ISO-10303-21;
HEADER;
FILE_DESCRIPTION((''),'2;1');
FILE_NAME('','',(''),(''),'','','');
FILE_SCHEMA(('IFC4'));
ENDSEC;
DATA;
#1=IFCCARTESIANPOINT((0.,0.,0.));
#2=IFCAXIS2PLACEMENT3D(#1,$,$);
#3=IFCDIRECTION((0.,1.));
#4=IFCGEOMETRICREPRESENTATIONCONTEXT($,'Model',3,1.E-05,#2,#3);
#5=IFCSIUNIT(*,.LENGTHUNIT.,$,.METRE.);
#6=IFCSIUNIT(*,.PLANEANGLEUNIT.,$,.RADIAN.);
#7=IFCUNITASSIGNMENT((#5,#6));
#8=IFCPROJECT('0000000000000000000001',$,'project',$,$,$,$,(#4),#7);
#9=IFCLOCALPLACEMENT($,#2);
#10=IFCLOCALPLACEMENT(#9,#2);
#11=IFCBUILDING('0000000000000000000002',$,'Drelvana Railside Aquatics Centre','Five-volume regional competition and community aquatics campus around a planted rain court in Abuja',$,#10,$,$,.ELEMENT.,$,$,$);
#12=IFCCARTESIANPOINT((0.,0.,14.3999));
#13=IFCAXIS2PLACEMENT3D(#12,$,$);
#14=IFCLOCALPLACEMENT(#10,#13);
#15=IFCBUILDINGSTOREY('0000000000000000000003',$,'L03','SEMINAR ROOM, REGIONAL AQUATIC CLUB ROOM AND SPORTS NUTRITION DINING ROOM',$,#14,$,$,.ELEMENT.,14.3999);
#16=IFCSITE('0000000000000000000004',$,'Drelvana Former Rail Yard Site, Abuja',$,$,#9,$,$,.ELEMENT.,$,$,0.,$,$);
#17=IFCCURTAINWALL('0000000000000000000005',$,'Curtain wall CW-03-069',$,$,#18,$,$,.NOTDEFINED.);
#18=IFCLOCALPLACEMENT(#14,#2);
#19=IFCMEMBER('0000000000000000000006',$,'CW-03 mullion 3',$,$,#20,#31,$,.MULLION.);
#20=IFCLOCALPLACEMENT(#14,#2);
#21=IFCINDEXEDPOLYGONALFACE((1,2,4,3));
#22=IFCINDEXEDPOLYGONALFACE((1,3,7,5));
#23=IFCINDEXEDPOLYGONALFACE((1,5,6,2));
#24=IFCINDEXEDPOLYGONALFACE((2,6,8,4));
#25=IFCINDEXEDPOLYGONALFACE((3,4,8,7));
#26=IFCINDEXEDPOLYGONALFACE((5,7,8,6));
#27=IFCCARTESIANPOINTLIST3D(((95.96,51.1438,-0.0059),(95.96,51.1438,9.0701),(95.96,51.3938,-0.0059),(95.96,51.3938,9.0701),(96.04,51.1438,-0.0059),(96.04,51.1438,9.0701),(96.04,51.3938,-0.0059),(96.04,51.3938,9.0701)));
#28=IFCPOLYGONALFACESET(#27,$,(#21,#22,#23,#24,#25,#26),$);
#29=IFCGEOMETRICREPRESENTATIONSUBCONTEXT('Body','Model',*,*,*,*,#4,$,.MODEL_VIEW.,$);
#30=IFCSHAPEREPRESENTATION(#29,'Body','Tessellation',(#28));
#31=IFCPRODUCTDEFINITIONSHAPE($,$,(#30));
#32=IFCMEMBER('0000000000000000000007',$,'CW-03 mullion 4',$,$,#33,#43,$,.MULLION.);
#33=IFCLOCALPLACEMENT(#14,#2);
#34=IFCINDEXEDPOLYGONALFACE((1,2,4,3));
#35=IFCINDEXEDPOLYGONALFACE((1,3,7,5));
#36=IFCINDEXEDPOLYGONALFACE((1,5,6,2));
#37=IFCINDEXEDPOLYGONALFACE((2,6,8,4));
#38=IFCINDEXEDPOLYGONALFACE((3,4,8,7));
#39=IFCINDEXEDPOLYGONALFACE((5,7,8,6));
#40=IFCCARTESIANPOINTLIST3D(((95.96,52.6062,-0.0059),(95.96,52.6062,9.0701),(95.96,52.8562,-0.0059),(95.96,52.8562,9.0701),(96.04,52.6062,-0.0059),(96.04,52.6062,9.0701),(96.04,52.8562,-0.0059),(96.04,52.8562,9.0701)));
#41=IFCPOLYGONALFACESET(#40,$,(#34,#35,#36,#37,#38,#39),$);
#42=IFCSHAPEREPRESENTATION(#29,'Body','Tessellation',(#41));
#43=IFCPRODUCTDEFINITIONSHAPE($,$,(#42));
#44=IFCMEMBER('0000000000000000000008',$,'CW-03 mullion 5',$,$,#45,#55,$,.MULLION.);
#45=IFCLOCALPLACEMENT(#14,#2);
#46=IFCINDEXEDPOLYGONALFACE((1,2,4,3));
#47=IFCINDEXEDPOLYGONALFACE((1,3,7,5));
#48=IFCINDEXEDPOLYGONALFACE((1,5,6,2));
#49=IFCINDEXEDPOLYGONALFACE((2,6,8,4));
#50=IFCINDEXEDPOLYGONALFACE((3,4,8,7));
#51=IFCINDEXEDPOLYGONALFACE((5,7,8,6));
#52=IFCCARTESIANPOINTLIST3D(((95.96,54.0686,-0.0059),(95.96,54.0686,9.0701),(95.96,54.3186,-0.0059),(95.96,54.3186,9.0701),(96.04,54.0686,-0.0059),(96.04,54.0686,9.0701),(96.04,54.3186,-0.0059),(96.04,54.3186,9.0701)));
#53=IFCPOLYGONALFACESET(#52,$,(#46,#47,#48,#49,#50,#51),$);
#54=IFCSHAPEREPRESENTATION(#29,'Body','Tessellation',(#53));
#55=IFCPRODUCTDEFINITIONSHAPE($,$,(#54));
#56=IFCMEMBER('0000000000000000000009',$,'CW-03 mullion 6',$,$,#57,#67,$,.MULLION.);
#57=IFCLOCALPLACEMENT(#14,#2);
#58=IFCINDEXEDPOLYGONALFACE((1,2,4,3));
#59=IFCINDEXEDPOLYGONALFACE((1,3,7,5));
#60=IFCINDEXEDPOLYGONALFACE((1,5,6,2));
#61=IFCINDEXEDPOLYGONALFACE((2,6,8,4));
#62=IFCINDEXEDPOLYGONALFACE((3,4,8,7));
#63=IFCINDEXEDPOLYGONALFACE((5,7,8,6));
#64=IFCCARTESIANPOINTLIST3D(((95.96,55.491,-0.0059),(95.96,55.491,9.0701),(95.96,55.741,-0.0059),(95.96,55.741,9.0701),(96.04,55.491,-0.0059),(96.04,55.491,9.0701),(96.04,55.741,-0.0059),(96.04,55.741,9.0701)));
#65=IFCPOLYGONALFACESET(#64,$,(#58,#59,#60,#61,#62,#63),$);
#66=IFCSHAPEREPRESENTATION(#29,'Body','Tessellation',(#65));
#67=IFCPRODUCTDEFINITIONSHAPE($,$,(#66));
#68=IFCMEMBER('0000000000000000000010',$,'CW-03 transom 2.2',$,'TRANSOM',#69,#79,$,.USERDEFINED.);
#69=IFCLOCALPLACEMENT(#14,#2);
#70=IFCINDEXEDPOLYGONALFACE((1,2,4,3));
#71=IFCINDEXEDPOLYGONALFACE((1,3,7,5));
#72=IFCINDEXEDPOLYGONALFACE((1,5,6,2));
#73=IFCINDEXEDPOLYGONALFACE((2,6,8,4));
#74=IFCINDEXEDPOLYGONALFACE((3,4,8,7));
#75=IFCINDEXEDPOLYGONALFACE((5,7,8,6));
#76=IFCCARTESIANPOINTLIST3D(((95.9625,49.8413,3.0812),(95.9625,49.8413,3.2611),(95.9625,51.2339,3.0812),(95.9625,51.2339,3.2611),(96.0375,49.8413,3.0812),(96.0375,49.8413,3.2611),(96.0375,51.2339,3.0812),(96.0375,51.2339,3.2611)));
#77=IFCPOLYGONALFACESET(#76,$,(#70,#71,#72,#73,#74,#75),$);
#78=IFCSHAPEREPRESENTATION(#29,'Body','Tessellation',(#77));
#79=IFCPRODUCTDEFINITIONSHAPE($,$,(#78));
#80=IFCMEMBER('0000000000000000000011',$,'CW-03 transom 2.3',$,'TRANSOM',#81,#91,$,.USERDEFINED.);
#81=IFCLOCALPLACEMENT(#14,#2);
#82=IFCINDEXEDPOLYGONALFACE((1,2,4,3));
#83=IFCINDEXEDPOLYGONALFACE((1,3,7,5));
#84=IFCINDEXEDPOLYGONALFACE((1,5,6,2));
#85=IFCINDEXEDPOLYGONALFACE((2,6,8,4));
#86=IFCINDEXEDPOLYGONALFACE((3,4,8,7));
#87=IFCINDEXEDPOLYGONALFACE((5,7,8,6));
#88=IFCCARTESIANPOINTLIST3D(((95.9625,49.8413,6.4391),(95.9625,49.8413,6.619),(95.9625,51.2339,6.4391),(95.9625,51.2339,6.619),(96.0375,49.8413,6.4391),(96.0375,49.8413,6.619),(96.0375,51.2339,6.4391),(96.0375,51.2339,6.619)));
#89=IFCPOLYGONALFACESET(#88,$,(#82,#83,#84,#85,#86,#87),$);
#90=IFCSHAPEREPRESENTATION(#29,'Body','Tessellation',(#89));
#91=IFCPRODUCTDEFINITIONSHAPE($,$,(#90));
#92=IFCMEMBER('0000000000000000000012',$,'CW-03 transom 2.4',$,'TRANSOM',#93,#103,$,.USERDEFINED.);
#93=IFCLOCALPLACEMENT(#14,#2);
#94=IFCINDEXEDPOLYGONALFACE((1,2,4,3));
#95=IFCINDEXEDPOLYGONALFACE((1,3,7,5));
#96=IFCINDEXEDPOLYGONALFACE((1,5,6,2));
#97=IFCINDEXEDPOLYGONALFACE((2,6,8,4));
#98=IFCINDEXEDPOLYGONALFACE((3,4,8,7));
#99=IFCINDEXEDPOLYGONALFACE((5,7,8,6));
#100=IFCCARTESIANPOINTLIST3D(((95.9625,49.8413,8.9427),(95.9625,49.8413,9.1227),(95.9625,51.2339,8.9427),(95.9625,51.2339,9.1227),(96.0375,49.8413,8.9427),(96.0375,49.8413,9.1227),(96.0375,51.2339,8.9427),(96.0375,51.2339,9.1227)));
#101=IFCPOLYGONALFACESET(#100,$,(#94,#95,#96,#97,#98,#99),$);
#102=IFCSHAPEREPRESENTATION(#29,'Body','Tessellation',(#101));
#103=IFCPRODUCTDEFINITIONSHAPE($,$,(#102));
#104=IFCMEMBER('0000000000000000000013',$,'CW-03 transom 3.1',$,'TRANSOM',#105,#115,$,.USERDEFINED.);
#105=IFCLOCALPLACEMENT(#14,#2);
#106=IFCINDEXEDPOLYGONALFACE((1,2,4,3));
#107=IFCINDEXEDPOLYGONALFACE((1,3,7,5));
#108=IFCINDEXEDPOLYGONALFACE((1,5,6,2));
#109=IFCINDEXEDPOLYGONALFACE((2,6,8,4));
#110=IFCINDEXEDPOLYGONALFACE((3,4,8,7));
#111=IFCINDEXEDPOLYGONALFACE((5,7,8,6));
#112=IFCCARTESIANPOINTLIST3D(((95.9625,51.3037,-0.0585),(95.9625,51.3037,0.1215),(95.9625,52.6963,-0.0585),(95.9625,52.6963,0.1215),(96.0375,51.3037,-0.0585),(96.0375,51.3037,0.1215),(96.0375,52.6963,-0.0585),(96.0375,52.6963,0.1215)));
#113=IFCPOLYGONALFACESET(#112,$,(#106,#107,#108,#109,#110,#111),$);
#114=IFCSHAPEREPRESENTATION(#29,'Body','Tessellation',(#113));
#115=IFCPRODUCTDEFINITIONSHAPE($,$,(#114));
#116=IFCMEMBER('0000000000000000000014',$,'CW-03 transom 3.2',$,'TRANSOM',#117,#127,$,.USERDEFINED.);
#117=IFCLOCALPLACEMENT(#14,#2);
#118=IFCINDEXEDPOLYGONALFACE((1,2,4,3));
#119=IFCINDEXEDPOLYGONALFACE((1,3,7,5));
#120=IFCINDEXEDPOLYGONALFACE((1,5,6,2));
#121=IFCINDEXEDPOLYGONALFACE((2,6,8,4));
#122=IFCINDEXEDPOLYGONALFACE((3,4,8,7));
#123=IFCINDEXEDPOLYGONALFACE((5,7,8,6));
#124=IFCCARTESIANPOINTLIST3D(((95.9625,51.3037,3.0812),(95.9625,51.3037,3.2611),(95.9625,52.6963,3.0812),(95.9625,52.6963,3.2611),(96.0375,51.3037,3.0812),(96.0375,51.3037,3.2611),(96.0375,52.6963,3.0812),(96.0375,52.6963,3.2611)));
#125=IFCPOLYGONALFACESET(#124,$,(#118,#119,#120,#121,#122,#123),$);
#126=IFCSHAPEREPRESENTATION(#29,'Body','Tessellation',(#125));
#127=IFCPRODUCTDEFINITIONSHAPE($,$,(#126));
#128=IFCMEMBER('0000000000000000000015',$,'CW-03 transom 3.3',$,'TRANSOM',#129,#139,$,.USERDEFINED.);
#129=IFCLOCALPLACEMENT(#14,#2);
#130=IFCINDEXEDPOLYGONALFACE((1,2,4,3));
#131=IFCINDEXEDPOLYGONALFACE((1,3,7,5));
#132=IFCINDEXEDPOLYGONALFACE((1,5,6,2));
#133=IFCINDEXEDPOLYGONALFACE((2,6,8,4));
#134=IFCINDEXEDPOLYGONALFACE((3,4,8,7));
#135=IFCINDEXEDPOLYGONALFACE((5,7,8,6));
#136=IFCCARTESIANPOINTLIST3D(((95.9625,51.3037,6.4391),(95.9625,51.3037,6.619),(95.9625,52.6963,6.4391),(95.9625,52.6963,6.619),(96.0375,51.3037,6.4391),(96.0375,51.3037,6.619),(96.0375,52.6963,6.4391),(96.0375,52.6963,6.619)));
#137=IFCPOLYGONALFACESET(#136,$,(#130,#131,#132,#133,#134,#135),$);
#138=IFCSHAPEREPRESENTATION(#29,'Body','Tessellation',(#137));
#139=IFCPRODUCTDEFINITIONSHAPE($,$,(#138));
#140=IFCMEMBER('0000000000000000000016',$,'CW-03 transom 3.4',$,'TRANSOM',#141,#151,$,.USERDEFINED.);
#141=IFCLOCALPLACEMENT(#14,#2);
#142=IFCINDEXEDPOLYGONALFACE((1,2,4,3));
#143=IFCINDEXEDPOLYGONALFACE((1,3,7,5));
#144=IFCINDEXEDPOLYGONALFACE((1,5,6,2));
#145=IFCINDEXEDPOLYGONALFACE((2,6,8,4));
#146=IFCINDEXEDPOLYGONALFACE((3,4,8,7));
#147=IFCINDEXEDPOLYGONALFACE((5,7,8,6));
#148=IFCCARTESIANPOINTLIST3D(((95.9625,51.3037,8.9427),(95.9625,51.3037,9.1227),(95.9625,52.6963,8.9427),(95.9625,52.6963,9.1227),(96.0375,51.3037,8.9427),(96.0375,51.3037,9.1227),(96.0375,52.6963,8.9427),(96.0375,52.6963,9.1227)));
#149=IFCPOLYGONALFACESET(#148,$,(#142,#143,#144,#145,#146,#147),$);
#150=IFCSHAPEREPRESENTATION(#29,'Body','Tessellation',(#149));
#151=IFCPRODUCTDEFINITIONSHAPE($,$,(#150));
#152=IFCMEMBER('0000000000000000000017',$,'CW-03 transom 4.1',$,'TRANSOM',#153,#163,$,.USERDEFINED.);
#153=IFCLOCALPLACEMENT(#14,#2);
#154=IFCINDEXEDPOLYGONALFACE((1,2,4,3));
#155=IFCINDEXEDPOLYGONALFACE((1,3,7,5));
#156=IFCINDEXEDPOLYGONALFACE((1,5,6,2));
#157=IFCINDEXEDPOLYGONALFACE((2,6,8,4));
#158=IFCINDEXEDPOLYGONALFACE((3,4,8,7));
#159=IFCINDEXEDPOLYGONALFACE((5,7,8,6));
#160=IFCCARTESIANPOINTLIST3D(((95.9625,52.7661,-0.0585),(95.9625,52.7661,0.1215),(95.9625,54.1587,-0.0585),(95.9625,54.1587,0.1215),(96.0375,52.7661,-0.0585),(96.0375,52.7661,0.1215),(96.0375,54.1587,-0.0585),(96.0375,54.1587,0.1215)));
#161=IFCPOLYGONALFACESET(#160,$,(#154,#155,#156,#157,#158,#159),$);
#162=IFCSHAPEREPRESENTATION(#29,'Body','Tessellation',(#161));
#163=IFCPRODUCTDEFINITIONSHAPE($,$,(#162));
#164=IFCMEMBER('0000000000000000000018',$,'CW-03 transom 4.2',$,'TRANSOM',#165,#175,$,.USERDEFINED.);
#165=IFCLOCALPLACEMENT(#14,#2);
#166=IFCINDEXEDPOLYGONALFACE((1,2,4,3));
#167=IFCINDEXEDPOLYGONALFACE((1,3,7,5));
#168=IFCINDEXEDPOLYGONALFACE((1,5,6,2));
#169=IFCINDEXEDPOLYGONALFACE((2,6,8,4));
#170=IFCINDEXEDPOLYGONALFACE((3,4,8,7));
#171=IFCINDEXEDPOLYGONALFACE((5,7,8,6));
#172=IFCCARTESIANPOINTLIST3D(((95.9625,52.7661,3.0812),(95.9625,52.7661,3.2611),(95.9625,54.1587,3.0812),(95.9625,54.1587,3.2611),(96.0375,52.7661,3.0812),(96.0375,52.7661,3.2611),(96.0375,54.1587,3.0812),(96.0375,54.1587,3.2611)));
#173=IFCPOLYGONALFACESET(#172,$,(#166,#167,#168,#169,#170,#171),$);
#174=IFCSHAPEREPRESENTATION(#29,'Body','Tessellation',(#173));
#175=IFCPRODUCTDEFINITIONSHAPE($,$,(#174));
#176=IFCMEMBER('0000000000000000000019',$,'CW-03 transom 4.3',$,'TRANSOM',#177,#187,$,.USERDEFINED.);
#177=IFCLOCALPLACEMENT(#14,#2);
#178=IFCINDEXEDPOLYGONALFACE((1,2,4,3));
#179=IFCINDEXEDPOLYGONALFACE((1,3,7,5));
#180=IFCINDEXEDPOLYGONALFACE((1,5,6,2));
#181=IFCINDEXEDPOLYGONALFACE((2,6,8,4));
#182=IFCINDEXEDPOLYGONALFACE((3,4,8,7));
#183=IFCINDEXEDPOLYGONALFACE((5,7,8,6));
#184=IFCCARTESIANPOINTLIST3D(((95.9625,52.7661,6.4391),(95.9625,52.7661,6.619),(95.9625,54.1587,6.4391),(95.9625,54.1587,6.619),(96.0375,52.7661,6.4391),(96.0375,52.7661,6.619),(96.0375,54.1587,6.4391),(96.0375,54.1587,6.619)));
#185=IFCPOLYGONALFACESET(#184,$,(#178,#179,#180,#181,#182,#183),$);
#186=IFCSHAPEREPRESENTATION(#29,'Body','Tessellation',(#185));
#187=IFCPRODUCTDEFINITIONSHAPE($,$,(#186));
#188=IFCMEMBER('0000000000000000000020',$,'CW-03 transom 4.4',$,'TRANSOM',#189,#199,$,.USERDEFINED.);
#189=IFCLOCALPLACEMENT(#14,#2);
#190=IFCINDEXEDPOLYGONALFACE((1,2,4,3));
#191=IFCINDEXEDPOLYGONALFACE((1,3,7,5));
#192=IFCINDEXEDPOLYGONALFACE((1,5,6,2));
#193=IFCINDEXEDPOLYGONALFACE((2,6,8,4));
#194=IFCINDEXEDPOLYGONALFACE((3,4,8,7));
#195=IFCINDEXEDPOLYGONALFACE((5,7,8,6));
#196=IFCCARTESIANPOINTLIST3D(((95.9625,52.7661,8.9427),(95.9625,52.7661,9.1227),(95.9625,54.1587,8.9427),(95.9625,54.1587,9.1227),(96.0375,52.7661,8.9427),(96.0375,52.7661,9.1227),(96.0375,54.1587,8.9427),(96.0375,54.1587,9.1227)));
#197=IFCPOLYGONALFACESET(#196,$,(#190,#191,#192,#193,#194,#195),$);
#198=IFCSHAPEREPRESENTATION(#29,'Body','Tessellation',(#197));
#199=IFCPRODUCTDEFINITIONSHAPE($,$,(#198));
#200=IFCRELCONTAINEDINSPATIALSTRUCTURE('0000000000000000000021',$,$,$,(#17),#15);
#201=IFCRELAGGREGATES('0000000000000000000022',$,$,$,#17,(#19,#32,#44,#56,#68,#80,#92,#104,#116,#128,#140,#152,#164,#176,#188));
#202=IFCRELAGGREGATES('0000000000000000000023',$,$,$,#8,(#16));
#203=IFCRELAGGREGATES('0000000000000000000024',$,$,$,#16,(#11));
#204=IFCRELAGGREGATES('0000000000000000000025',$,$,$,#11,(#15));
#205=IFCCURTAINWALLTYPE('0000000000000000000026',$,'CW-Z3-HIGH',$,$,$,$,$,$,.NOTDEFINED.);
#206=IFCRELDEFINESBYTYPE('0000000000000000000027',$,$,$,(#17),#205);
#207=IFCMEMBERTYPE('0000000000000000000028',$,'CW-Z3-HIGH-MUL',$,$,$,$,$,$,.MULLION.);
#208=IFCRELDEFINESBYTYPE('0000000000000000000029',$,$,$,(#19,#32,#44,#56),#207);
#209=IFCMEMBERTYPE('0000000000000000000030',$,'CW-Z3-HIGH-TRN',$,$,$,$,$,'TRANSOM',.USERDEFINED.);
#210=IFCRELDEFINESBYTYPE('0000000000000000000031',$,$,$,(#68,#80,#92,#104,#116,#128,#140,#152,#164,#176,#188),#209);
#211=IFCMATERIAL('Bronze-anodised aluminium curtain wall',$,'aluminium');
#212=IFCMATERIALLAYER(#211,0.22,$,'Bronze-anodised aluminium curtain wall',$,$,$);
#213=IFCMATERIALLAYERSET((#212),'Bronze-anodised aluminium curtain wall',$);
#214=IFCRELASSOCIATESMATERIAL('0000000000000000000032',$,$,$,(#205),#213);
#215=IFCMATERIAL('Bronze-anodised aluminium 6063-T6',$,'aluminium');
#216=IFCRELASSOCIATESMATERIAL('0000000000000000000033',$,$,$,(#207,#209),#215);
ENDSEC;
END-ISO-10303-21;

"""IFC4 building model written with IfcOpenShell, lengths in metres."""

from ifc_helpers import new_model, si_unit, direction, frame, origin, origin_2d, place, context, subcontext, project, spatial, rectangle, extrude, material, layer, layer_set, material_profile, profile_set, type_object, element, aggregate, save


model = new_model("IFC4")

# Units and contexts
model_context = context("Model", 3, precision=1e-05, world=origin(), true_north=direction((0.0, 1.0)))
body_context = subcontext(model_context, "Body", "Model", "MODEL_VIEW")
ifc_project = project(units=[si_unit("LENGTHUNIT", "METRE"), si_unit("PLANEANGLEUNIT", "RADIAN")], contexts=[model_context])

# Site, building, storey
site_placement = place(None, origin())
site = spatial("IfcSite", under=ifc_project, at=site_placement, Name="Drelvana Former Rail Yard Site, Abuja", CompositionType="ELEMENT", RefElevation=0.0)
building_placement = place(site_placement, origin())
building = spatial("IfcBuilding", under=site, at=building_placement, Name="Drelvana Railside Aquatics Centre", Description="Five-volume regional competition and community aquatics campus around a planted rain court in Abuja", CompositionType="ELEMENT")
storey_placement = place(building_placement, frame((0.0, 0.0, 14.3999)))
storey = spatial("IfcBuildingStorey", under=building, at=storey_placement, Name="L03", Description="SEMINAR ROOM, REGIONAL AQUATIC CLUB ROOM AND SPORTS NUTRITION DINING ROOM", CompositionType="ELEMENT", Elevation=14.3999)

# Curtain wall, members
ifc_material_1 = material(Name="Bronze-anodised aluminium curtain wall", Category="aluminium")
ifc_layer_1 = layer(ifc_material_1, 0.22, Name="Bronze-anodised aluminium curtain wall")
ifc_layer_set_1 = layer_set([ifc_layer_1], Name="Bronze-anodised aluminium curtain wall")
curtain_wall_type = type_object("IfcCurtainWallType", Name="CW-Z3-HIGH", PredefinedType="NOTDEFINED", material=ifc_layer_set_1)
curtain_wall_placement = place(storey_placement, origin())
curtain_wall = element("IfcCurtainWall", 1, at=curtain_wall_placement, inside=storey, type_object=curtain_wall_type, Name="Curtain wall CW-03-069", PredefinedType="NOTDEFINED")
ifc_material_2 = material(Name="Bronze-anodised aluminium 6063-T6", Category="aluminium")
ifc_material_profile_1 = material_profile(ifc_material_2, rectangle(XDim=0.0801, YDim=0.25, at=origin_2d()), Name="ALU-M 80x250")
ifc_profile_set_1 = profile_set([ifc_material_profile_1], Name="Bronze-anodised aluminium 6063-T6")
member_type_1 = type_object("IfcMemberType", Name="CW-Z3-HIGH-MUL", PredefinedType="MULLION", material=ifc_profile_set_1)
member_1_placement = place(storey_placement, frame((96.0, 51.2688, -0.0059), z_axis=(0.0, 0.0, 1.0), x_axis=(-1.0, 0.0, 0.0)))
member_1 = element("IfcMember", 2, at=member_1_placement, type_object=member_type_1, Name="CW-03 mullion 3", PredefinedType="MULLION", context=body_context, shape_type="SweptSolid", body=[
    extrude(rectangle(XDim=0.0801, YDim=0.25, at=origin_2d()), origin(), (0.0, 0.0, 1.0), 9.0759),
])
member_2_placement = place(storey_placement, frame((96.0, 52.7312, -0.0059), z_axis=(0.0, 0.0, 1.0), x_axis=(-1.0, 0.0, 0.0)))
member_2 = element("IfcMember", 3, at=member_2_placement, type_object=member_type_1, Name="CW-03 mullion 4", PredefinedType="MULLION", context=body_context, shape_type="SweptSolid", body=[
    extrude(rectangle(XDim=0.0801, YDim=0.25, at=origin_2d()), origin(), (0.0, 0.0, 1.0), 9.0759),
])
member_3_placement = place(storey_placement, frame((96.0, 54.1936, -0.0059), z_axis=(0.0, 0.0, 1.0), x_axis=(-1.0, 0.0, 0.0)))
member_3 = element("IfcMember", 4, at=member_3_placement, type_object=member_type_1, Name="CW-03 mullion 5", PredefinedType="MULLION", context=body_context, shape_type="SweptSolid", body=[
    extrude(rectangle(XDim=0.0801, YDim=0.25, at=origin_2d()), origin(), (0.0, 0.0, 1.0), 9.0759),
])
member_4_placement = place(storey_placement, frame((96.0, 55.616, -0.0059), z_axis=(0.0, 0.0, 1.0), x_axis=(-1.0, 0.0, 0.0)))
member_4 = element("IfcMember", 5, at=member_4_placement, type_object=member_type_1, Name="CW-03 mullion 6", PredefinedType="MULLION", context=body_context, shape_type="SweptSolid", body=[
    extrude(rectangle(XDim=0.0801, YDim=0.25, at=origin_2d()), origin(), (0.0, 0.0, 1.0), 9.0759),
])
ifc_material_profile_2 = material_profile(ifc_material_2, rectangle(XDim=0.1799, YDim=0.075, at=origin_2d()), Name="ALU-T 75x180")
ifc_profile_set_2 = profile_set([ifc_material_profile_2], Name="Bronze-anodised aluminium 6063-T6")
member_type_2 = type_object("IfcMemberType", Name="CW-Z3-HIGH-TRN", ElementType="TRANSOM", PredefinedType="USERDEFINED", material=ifc_profile_set_2)
member_5_placement = place(storey_placement, frame((96.0, 49.8413, 3.1711), z_axis=(0.0, 1.0, 0.0), x_axis=(0.0, 0.0, 1.0)))
member_5 = element("IfcMember", 6, at=member_5_placement, type_object=member_type_2, Name="CW-03 transom 2.2", ObjectType="TRANSOM", PredefinedType="USERDEFINED", context=body_context, shape_type="SweptSolid", body=[
    extrude(rectangle(XDim=0.1799, YDim=0.075, at=origin_2d()), origin(), (0.0, 0.0, 1.0), 1.3926),
])
member_6_placement = place(storey_placement, frame((96.0, 49.8413, 6.5291), z_axis=(0.0, 1.0, 0.0), x_axis=(0.0, 0.0, 1.0)))
member_6 = element("IfcMember", 7, at=member_6_placement, type_object=member_type_2, Name="CW-03 transom 2.3", ObjectType="TRANSOM", PredefinedType="USERDEFINED", context=body_context, shape_type="SweptSolid", body=[
    extrude(rectangle(XDim=0.1799, YDim=0.075, at=origin_2d()), origin(), (0.0, 0.0, 1.0), 1.3926),
])
member_7_placement = place(storey_placement, frame((96.0, 49.8413, 9.0327), z_axis=(0.0, 1.0, 0.0), x_axis=(0.0, 0.0, 1.0)))
member_7 = element("IfcMember", 8, at=member_7_placement, type_object=member_type_2, Name="CW-03 transom 2.4", ObjectType="TRANSOM", PredefinedType="USERDEFINED", context=body_context, shape_type="SweptSolid", body=[
    extrude(rectangle(XDim=0.1799, YDim=0.075, at=origin_2d()), origin(), (0.0, 0.0, 1.0), 1.3926),
])
member_8_placement = place(storey_placement, frame((96.0, 51.3037, 0.0315), z_axis=(0.0, 1.0, 0.0), x_axis=(0.0, 0.0, 1.0)))
member_8 = element("IfcMember", 9, at=member_8_placement, type_object=member_type_2, Name="CW-03 transom 3.1", ObjectType="TRANSOM", PredefinedType="USERDEFINED", context=body_context, shape_type="SweptSolid", body=[
    extrude(rectangle(XDim=0.1799, YDim=0.075, at=origin_2d()), origin(), (0.0, 0.0, 1.0), 1.3926),
])
member_9_placement = place(storey_placement, frame((96.0, 51.3037, 3.1711), z_axis=(0.0, 1.0, 0.0), x_axis=(0.0, 0.0, 1.0)))
member_9 = element("IfcMember", 10, at=member_9_placement, type_object=member_type_2, Name="CW-03 transom 3.2", ObjectType="TRANSOM", PredefinedType="USERDEFINED", context=body_context, shape_type="SweptSolid", body=[
    extrude(rectangle(XDim=0.1799, YDim=0.075, at=origin_2d()), origin(), (0.0, 0.0, 1.0), 1.3926),
])
member_10_placement = place(storey_placement, frame((96.0, 51.3037, 6.5291), z_axis=(0.0, 1.0, 0.0), x_axis=(0.0, 0.0, 1.0)))
member_10 = element("IfcMember", 11, at=member_10_placement, type_object=member_type_2, Name="CW-03 transom 3.3", ObjectType="TRANSOM", PredefinedType="USERDEFINED", context=body_context, shape_type="SweptSolid", body=[
    extrude(rectangle(XDim=0.1799, YDim=0.075, at=origin_2d()), origin(), (0.0, 0.0, 1.0), 1.3926),
])
member_11_placement = place(storey_placement, frame((96.0, 51.3037, 9.0327), z_axis=(0.0, 1.0, 0.0), x_axis=(0.0, 0.0, 1.0)))
member_11 = element("IfcMember", 12, at=member_11_placement, type_object=member_type_2, Name="CW-03 transom 3.4", ObjectType="TRANSOM", PredefinedType="USERDEFINED", context=body_context, shape_type="SweptSolid", body=[
    extrude(rectangle(XDim=0.1799, YDim=0.075, at=origin_2d()), origin(), (0.0, 0.0, 1.0), 1.3926),
])
member_12_placement = place(storey_placement, frame((96.0, 52.7661, 0.0315), z_axis=(0.0, 1.0, 0.0), x_axis=(0.0, 0.0, 1.0)))
member_12 = element("IfcMember", 13, at=member_12_placement, type_object=member_type_2, Name="CW-03 transom 4.1", ObjectType="TRANSOM", PredefinedType="USERDEFINED", context=body_context, shape_type="SweptSolid", body=[
    extrude(rectangle(XDim=0.1799, YDim=0.075, at=origin_2d()), origin(), (0.0, 0.0, 1.0), 1.3926),
])
member_13_placement = place(storey_placement, frame((96.0, 52.7661, 3.1711), z_axis=(0.0, 1.0, 0.0), x_axis=(0.0, 0.0, 1.0)))
member_13 = element("IfcMember", 14, at=member_13_placement, type_object=member_type_2, Name="CW-03 transom 4.2", ObjectType="TRANSOM", PredefinedType="USERDEFINED", context=body_context, shape_type="SweptSolid", body=[
    extrude(rectangle(XDim=0.1799, YDim=0.075, at=origin_2d()), origin(), (0.0, 0.0, 1.0), 1.3926),
])
member_14_placement = place(storey_placement, frame((96.0, 52.7661, 6.5291), z_axis=(0.0, 1.0, 0.0), x_axis=(0.0, 0.0, 1.0)))
member_14 = element("IfcMember", 15, at=member_14_placement, type_object=member_type_2, Name="CW-03 transom 4.3", ObjectType="TRANSOM", PredefinedType="USERDEFINED", context=body_context, shape_type="SweptSolid", body=[
    extrude(rectangle(XDim=0.1799, YDim=0.075, at=origin_2d()), origin(), (0.0, 0.0, 1.0), 1.3926),
])
member_15_placement = place(storey_placement, frame((96.0, 52.7661, 9.0327), z_axis=(0.0, 1.0, 0.0), x_axis=(0.0, 0.0, 1.0)))
member_15 = element("IfcMember", 16, at=member_15_placement, type_object=member_type_2, Name="CW-03 transom 4.4", ObjectType="TRANSOM", PredefinedType="USERDEFINED", context=body_context, shape_type="SweptSolid", body=[
    extrude(rectangle(XDim=0.1799, YDim=0.075, at=origin_2d()), origin(), (0.0, 0.0, 1.0), 1.3926),
])
aggregate(curtain_wall, [member_1, member_2, member_3, member_4, member_5, member_6, member_7, member_8, member_9, member_10, member_11, member_12, member_13, member_14, member_15])

save(model, "model.ifc")
